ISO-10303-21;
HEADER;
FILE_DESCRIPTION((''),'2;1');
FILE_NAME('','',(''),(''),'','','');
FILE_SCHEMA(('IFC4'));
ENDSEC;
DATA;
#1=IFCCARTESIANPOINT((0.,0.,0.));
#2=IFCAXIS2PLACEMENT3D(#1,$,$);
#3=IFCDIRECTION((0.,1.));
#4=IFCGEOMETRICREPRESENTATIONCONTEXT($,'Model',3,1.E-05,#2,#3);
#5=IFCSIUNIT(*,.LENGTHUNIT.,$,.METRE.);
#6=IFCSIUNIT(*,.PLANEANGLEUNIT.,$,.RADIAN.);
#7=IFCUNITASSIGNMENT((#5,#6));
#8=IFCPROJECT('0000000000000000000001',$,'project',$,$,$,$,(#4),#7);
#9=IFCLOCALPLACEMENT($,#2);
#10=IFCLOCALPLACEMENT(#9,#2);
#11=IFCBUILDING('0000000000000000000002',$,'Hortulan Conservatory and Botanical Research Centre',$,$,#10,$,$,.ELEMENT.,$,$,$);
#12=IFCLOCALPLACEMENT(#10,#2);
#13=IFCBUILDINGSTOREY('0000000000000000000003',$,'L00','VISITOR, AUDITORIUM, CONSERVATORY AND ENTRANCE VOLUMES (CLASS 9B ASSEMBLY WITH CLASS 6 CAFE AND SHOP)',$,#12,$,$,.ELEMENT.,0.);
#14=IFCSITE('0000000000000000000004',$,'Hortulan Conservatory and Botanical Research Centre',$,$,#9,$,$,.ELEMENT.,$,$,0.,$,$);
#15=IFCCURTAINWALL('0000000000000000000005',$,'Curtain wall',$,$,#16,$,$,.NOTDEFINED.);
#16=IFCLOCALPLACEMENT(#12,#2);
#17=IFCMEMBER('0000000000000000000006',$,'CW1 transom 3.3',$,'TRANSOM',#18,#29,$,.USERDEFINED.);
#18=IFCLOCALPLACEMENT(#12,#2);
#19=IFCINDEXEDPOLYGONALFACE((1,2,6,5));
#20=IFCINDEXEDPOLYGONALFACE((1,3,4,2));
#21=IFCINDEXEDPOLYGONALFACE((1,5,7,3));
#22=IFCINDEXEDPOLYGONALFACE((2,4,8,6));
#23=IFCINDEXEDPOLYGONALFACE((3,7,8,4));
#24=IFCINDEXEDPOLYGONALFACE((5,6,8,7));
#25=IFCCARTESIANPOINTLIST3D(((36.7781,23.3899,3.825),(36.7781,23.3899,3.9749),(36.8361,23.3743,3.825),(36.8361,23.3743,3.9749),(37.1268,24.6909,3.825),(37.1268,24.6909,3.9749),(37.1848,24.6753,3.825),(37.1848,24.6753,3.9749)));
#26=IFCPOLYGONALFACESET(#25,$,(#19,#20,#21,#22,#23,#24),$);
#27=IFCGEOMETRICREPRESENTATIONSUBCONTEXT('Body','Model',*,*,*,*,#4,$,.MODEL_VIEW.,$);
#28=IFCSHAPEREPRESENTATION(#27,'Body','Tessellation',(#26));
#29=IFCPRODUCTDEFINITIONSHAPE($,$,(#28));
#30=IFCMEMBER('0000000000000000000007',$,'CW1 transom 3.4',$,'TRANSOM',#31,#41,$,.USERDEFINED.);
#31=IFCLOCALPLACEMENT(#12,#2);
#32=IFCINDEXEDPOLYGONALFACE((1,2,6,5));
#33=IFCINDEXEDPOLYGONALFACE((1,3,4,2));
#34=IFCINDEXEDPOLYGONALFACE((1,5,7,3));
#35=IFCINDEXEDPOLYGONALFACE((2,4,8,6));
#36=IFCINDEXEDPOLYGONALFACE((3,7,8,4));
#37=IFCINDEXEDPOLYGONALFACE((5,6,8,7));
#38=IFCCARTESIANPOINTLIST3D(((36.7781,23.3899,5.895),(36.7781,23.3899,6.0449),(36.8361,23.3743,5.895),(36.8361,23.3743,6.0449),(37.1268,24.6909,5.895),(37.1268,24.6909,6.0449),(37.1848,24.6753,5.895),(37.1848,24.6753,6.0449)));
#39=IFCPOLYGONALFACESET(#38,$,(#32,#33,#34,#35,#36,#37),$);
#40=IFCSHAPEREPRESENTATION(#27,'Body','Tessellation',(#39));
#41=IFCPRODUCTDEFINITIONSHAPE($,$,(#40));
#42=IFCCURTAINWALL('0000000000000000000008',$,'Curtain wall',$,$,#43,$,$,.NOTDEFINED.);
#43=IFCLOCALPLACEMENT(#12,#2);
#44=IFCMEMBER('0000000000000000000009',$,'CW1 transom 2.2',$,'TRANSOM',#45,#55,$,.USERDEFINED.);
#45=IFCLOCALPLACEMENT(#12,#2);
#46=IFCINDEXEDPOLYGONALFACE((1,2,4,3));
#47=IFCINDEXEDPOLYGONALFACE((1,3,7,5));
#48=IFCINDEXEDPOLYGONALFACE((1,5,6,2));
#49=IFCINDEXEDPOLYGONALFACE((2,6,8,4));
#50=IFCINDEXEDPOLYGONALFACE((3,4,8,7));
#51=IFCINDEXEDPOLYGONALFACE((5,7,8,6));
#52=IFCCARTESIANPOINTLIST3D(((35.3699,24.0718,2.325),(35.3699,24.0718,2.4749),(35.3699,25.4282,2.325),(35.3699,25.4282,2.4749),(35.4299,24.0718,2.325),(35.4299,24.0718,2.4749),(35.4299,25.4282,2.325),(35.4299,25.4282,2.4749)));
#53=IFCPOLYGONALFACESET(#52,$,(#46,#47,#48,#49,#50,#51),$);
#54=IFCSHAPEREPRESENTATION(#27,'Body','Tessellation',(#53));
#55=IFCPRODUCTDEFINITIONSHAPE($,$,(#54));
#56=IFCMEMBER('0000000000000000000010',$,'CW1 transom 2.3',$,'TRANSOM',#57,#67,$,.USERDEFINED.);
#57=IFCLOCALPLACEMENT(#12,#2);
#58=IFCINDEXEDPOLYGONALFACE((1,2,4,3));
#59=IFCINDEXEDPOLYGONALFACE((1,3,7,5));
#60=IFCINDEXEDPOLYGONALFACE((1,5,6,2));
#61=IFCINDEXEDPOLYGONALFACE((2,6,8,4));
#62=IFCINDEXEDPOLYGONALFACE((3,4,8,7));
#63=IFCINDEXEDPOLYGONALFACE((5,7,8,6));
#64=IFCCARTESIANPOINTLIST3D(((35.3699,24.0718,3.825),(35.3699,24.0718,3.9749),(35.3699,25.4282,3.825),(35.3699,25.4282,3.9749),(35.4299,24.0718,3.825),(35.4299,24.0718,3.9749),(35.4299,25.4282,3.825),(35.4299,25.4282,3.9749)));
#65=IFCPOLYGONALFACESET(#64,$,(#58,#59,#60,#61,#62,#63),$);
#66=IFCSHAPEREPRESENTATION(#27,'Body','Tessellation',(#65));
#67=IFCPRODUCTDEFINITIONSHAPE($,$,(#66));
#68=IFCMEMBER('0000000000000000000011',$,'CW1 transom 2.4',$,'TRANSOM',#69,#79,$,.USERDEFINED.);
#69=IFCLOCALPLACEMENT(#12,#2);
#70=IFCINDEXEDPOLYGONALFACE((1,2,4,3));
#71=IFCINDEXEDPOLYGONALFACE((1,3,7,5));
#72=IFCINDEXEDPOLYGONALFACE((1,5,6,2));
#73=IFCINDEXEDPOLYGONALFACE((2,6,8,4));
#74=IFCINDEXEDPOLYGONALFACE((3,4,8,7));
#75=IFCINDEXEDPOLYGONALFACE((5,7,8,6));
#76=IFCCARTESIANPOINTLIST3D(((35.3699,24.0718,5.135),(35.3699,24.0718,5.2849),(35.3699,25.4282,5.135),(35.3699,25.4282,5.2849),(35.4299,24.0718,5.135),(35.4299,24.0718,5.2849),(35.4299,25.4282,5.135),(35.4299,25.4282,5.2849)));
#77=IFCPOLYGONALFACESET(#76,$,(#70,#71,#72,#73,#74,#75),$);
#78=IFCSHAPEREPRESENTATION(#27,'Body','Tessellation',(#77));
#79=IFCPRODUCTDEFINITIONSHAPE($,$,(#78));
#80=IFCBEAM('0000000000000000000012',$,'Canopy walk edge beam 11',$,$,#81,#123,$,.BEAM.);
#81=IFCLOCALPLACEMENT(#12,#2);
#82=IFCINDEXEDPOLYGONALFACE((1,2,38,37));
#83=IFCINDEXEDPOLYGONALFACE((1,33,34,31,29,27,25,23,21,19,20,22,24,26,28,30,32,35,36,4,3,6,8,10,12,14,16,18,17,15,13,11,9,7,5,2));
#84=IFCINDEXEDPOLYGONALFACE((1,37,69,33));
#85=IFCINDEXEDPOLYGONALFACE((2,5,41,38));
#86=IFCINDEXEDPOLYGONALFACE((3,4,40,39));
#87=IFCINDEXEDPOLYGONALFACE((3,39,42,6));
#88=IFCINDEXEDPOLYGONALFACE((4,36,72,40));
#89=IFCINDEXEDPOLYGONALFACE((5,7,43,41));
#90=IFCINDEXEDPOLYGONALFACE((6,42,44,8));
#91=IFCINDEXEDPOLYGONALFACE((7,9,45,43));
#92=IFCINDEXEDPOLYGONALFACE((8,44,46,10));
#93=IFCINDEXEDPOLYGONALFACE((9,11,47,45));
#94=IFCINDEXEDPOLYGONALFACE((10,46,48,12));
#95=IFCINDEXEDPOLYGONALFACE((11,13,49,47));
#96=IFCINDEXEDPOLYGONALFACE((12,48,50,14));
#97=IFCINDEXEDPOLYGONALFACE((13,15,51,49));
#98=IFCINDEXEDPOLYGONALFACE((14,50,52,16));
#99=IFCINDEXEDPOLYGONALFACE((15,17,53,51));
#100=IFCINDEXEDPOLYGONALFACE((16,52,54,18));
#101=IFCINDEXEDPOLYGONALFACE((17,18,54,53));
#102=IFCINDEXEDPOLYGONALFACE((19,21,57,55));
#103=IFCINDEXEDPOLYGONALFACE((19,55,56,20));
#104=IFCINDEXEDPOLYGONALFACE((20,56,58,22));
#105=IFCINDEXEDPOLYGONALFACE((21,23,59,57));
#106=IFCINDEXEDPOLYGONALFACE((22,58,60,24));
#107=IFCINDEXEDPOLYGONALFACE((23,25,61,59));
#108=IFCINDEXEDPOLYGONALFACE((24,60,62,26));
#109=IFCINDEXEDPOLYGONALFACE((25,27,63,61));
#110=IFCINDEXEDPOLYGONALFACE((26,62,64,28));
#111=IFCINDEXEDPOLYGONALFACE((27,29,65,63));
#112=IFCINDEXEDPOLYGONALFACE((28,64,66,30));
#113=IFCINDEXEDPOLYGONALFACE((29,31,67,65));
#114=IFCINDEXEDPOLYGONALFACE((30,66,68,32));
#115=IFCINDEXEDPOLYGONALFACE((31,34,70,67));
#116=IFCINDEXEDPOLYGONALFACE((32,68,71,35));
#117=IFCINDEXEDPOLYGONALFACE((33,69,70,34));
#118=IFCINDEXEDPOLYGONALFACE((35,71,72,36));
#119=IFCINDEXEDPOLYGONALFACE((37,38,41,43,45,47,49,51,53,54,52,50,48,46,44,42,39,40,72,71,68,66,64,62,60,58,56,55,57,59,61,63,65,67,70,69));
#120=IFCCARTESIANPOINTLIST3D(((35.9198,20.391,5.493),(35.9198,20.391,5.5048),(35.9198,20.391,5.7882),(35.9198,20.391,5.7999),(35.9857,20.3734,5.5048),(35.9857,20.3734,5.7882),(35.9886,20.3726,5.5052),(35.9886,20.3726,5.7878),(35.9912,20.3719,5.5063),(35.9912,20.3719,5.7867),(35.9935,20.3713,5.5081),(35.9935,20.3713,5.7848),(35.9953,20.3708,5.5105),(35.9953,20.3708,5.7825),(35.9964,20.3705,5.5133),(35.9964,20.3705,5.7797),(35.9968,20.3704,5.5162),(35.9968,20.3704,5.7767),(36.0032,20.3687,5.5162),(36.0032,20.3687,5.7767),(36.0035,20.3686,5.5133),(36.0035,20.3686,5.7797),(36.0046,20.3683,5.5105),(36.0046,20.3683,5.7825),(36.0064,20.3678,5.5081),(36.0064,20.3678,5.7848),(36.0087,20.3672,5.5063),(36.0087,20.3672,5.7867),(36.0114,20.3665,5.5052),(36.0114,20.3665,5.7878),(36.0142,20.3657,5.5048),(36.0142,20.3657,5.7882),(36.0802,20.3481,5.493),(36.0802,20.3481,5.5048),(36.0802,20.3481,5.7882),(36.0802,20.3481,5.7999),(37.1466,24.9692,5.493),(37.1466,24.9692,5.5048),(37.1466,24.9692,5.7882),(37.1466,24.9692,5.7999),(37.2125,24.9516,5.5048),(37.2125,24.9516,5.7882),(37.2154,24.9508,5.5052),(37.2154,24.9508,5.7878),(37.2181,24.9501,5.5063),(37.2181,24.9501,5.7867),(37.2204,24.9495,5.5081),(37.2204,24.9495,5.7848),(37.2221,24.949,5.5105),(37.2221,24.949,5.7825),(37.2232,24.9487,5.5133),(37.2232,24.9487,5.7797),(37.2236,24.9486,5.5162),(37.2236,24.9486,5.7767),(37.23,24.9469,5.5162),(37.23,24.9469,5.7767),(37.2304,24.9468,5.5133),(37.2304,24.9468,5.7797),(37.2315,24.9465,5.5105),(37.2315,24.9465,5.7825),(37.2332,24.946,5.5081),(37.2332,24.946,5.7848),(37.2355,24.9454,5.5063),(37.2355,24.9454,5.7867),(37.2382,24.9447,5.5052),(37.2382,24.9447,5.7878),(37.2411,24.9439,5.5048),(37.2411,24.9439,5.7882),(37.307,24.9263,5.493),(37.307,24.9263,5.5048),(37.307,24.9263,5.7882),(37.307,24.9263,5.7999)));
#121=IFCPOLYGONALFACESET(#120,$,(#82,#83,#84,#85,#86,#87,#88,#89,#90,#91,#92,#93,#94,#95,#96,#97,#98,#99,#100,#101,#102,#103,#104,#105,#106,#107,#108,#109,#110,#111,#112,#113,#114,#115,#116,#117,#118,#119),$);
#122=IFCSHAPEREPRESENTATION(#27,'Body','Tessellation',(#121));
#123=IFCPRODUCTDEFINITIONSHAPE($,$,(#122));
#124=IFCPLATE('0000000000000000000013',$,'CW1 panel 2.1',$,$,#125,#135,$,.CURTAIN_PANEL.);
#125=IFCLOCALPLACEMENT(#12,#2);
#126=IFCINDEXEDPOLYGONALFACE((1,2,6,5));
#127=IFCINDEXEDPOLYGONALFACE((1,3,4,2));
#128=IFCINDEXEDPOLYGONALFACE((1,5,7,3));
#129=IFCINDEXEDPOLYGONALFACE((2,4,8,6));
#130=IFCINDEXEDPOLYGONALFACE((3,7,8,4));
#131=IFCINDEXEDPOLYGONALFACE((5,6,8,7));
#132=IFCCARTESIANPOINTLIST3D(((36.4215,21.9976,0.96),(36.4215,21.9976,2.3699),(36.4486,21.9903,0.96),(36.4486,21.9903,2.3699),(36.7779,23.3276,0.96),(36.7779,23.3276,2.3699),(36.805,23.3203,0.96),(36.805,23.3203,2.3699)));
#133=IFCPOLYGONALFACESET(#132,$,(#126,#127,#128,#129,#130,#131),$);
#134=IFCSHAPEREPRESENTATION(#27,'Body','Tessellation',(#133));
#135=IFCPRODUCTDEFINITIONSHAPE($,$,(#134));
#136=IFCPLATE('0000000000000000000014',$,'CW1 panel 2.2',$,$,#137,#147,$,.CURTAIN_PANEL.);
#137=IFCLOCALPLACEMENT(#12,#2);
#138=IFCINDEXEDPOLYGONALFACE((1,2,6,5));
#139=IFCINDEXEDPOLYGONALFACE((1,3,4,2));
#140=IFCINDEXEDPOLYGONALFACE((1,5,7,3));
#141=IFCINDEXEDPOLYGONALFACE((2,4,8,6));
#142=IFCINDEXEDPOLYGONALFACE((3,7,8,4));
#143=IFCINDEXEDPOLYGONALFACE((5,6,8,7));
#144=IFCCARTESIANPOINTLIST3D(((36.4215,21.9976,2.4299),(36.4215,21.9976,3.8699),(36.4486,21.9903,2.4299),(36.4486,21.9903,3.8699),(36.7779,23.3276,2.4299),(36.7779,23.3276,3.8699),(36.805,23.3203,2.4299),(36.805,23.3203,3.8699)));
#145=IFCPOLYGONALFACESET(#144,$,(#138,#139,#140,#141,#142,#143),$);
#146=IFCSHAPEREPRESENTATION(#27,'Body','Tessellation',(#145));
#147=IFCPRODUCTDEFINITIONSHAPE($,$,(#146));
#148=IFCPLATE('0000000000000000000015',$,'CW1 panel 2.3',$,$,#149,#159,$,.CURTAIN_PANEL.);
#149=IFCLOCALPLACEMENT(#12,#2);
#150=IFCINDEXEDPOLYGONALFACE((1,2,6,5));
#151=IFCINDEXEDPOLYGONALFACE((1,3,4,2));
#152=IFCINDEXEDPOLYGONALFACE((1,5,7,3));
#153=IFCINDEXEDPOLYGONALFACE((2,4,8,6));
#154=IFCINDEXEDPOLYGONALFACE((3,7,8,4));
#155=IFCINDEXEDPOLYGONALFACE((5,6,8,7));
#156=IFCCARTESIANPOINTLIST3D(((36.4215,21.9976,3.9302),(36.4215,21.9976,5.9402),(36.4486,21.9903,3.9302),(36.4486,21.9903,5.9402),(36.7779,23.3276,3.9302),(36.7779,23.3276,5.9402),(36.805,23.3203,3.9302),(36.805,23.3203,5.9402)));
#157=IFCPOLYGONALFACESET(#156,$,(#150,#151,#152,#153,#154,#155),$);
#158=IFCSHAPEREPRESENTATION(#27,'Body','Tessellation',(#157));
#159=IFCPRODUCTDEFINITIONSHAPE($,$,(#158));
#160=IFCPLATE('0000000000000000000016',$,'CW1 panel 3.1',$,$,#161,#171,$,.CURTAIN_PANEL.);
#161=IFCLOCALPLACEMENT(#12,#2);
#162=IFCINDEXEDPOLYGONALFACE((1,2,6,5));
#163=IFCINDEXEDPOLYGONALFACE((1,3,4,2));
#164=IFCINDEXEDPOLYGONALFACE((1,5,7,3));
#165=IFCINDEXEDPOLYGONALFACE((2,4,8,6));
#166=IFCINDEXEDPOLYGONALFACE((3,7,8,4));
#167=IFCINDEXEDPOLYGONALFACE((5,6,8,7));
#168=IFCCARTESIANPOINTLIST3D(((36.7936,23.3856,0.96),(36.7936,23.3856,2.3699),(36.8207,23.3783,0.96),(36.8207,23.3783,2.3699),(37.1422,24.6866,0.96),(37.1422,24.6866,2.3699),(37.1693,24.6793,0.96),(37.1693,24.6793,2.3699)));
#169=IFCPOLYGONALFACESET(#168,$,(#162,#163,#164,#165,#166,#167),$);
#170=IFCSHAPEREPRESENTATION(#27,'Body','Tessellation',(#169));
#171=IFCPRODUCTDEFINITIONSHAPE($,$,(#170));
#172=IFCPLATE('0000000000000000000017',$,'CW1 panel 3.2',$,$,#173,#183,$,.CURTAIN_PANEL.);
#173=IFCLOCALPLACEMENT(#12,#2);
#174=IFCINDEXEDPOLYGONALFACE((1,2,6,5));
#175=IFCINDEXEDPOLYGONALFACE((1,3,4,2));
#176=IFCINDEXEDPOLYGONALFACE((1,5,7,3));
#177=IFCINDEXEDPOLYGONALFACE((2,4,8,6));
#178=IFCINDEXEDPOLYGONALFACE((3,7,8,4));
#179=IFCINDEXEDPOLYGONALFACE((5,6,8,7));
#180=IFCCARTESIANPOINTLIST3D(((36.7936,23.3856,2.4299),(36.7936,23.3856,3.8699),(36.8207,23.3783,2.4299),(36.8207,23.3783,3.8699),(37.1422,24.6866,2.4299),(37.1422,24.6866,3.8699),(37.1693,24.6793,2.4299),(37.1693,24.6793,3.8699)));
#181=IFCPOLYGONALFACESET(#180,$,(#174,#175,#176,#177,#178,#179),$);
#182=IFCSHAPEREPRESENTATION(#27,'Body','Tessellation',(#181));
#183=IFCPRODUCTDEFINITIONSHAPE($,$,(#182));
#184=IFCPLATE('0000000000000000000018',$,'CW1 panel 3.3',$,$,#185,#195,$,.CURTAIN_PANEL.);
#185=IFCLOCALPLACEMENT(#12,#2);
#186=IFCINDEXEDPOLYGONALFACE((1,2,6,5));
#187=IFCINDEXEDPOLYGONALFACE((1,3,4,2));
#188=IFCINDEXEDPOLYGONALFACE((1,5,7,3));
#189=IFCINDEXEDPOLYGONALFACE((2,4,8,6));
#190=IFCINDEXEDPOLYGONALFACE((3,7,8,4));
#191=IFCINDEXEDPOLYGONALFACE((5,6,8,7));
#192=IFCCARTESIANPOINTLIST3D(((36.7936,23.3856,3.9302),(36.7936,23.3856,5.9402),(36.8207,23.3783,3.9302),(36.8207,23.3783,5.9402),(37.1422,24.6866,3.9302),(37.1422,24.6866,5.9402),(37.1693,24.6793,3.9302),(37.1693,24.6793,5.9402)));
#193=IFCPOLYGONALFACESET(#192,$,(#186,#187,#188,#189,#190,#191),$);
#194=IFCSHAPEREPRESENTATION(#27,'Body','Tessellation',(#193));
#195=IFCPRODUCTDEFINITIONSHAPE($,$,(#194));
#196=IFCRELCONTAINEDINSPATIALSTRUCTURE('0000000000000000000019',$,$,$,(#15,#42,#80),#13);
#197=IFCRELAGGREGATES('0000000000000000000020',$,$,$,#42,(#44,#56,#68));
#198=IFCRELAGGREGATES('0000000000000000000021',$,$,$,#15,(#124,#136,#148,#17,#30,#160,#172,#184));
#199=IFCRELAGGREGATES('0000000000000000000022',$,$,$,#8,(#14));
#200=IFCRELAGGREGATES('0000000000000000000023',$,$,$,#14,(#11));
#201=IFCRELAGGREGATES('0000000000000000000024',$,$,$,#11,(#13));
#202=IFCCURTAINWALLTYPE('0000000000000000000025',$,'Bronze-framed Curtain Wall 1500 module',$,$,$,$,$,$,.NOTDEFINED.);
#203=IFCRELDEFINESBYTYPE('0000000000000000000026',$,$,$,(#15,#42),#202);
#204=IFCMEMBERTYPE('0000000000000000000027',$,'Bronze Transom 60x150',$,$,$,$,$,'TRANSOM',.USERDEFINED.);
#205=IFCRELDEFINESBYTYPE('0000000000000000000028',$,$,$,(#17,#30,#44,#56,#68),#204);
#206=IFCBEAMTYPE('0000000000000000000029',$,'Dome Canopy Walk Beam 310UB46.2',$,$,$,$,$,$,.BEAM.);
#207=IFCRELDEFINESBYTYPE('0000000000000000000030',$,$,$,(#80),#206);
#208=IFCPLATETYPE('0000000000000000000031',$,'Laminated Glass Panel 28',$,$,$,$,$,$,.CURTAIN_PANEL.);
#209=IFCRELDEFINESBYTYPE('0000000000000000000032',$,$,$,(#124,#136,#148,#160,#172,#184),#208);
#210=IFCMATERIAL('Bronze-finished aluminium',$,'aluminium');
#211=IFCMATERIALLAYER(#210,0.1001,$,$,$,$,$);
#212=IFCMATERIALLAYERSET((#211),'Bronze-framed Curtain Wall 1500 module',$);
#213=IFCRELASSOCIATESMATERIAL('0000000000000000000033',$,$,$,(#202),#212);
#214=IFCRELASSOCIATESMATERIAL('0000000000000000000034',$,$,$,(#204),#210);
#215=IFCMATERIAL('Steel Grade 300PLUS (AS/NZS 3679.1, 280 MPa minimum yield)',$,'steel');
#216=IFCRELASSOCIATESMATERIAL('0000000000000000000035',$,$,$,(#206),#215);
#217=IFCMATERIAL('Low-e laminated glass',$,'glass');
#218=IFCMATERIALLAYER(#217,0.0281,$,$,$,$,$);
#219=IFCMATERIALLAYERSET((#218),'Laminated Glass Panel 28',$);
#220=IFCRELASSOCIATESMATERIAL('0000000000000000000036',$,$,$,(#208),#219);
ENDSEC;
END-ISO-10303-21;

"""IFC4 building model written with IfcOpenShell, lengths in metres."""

from ifc_helpers import new_model, si_unit, direction, frame, origin, origin_2d, place, context, subcontext, project, spatial, rectangle, i_section, extrude, material, layer, layer_set, material_profile, profile_set, type_object, element, aggregate, save


model = new_model("IFC4")

# Units and contexts
model_context = context("Model", 3, precision=1e-05, world=origin(), true_north=direction((0.0, 1.0)))
body_context = subcontext(model_context, "Body", "Model", "MODEL_VIEW")
ifc_project = project(units=[si_unit("LENGTHUNIT", "METRE"), si_unit("PLANEANGLEUNIT", "RADIAN")], contexts=[model_context])

# Site, building, storey
site_placement = place(None, origin())
site = spatial("IfcSite", under=ifc_project, at=site_placement, Name="Hortulan Conservatory and Botanical Research Centre", CompositionType="ELEMENT", RefElevation=0.0)
building_placement = place(site_placement, origin())
building = spatial("IfcBuilding", under=site, at=building_placement, Name="Hortulan Conservatory and Botanical Research Centre", CompositionType="ELEMENT")
storey_placement = place(building_placement, origin())
storey = spatial("IfcBuildingStorey", under=building, at=storey_placement, Name="L00", Description="VISITOR, AUDITORIUM, CONSERVATORY AND ENTRANCE VOLUMES (CLASS 9B ASSEMBLY WITH CLASS 6 CAFE AND SHOP)", CompositionType="ELEMENT", Elevation=0.0)

# Shared definitions
ifc_material_1 = material(Name="Bronze-finished aluminium", Category="aluminium")
ifc_layer_1 = layer(ifc_material_1, 0.1001)
ifc_layer_set_1 = layer_set([ifc_layer_1], Name="Bronze-framed Curtain Wall 1500 module")
curtain_wall_type = type_object("IfcCurtainWallType", Name="Bronze-framed Curtain Wall 1500 module", PredefinedType="NOTDEFINED", material=ifc_layer_set_1)

# Curtain wall
curtain_wall_1_placement = place(storey_placement, origin())
curtain_wall_1 = element("IfcCurtainWall", 1, at=curtain_wall_1_placement, inside=storey, type_object=curtain_wall_type, Name="Curtain wall", PredefinedType="NOTDEFINED")

# Members
ifc_material_profile_1 = material_profile(ifc_material_1, rectangle(XDim=0.0601, YDim=0.1499, at=origin_2d()), Name="Bronze Transom 60x150")
ifc_profile_set_1 = profile_set([ifc_material_profile_1], Name="Bronze-finished aluminium")
member_type_1 = type_object("IfcMemberType", Name="Bronze Transom 60x150", ElementType="TRANSOM", PredefinedType="USERDEFINED", material=ifc_profile_set_1)
member_1_placement = place(storey_placement, frame((36.8071, 23.3821, 3.8999), z_axis=(0.258836, 0.965921, 0.0), x_axis=(-0.965921, 0.258836, 0.0)))
member_1 = element("IfcMember", 2, at=member_1_placement, type_object=member_type_1, Name="CW1 transom 3.3", ObjectType="TRANSOM", PredefinedType="USERDEFINED", context=body_context, shape_type="SweptSolid", body=[
    extrude(rectangle(XDim=0.0601, YDim=0.1499, at=origin_2d()), origin(), (0.0, 0.0, 1.0), 1.3469),
])
member_2_placement = place(storey_placement, frame((36.8071, 23.3821, 5.97), z_axis=(0.258836, 0.965921, 0.0), x_axis=(-0.965921, 0.258836, 0.0)))
member_2 = element("IfcMember", 3, at=member_2_placement, type_object=member_type_1, Name="CW1 transom 3.4", ObjectType="TRANSOM", PredefinedType="USERDEFINED", context=body_context, shape_type="SweptSolid", body=[
    extrude(rectangle(XDim=0.0601, YDim=0.1499, at=origin_2d()), origin(), (0.0, 0.0, 1.0), 1.3469),
])

# Curtain wall, members
curtain_wall_2_placement = place(storey_placement, origin())
curtain_wall_2 = element("IfcCurtainWall", 4, at=curtain_wall_2_placement, inside=storey, type_object=curtain_wall_type, Name="Curtain wall", PredefinedType="NOTDEFINED")
member_3_placement = place(storey_placement, frame((35.3999, 25.4282, 2.3999), z_axis=(0.0, -1.0, 0.0), x_axis=(1.0, 0.0, 0.0)))
member_3 = element("IfcMember", 5, at=member_3_placement, type_object=member_type_1, Name="CW1 transom 2.2", ObjectType="TRANSOM", PredefinedType="USERDEFINED", context=body_context, shape_type="SweptSolid", body=[
    extrude(rectangle(XDim=0.0601, YDim=0.1499, at=origin_2d()), origin(), (0.0, 0.0, 1.0), 1.3564),
])
member_4_placement = place(storey_placement, frame((35.3999, 25.4282, 3.8999), z_axis=(0.0, -1.0, 0.0), x_axis=(1.0, 0.0, 0.0)))
member_4 = element("IfcMember", 6, at=member_4_placement, type_object=member_type_1, Name="CW1 transom 2.3", ObjectType="TRANSOM", PredefinedType="USERDEFINED", context=body_context, shape_type="SweptSolid", body=[
    extrude(rectangle(XDim=0.0601, YDim=0.1499, at=origin_2d()), origin(), (0.0, 0.0, 1.0), 1.3564),
])
member_5_placement = place(storey_placement, frame((35.3999, 25.4282, 5.21), z_axis=(0.0, -1.0, 0.0), x_axis=(1.0, 0.0, 0.0)))
member_5 = element("IfcMember", 7, at=member_5_placement, type_object=member_type_1, Name="CW1 transom 2.4", ObjectType="TRANSOM", PredefinedType="USERDEFINED", context=body_context, shape_type="SweptSolid", body=[
    extrude(rectangle(XDim=0.0601, YDim=0.1499, at=origin_2d()), origin(), (0.0, 0.0, 1.0), 1.3564),
])
aggregate(curtain_wall_2, [member_3, member_4, member_5])

# Beam
ifc_material_2 = material(Name="Steel Grade 300PLUS (AS/NZS 3679.1, 280 MPa minimum yield)", Category="steel")
ifc_material_profile_2 = material_profile(ifc_material_2, i_section(OverallWidth=0.166, OverallDepth=0.3069, WebThickness=0.0066, FlangeThickness=0.0117, FilletRadius=0.0115, at=origin_2d()), Name="310UB46.2")
ifc_profile_set_2 = profile_set([ifc_material_profile_2], Name="Steel Grade 300PLUS (AS/NZS 3679.1, 280 MPa minimum yield)")
beam_type = type_object("IfcBeamType", Name="Dome Canopy Walk Beam 310UB46.2", PredefinedType="BEAM", material=ifc_profile_set_2)
beam_placement = place(storey_placement, frame((37.2268, 24.9478, 5.6465), z_axis=(-0.258839, -0.96592, 0.0), x_axis=(0.96592, -0.258839, 0.0)))
element("IfcBeam", 8, at=beam_placement, inside=storey, type_object=beam_type, Name="Canopy walk edge beam 11", PredefinedType="BEAM", context=body_context, shape_type="SweptSolid", body=[
    extrude(i_section(OverallWidth=0.166, OverallDepth=0.3069, WebThickness=0.0066, FlangeThickness=0.0117, FilletRadius=0.0115, at=origin_2d()), origin(), (0.0, 0.0, 1.0), 4.7397),
])

# Plates
ifc_material_3 = material(Name="Low-e laminated glass", Category="glass")
ifc_layer_2 = layer(ifc_material_3, 0.0281)
ifc_layer_set_2 = layer_set([ifc_layer_2], Name="Laminated Glass Panel 28")
plate_type = type_object("IfcPlateType", Name="Laminated Glass Panel 28", PredefinedType="CURTAIN_PANEL", material=ifc_layer_set_2)
plate_1_placement = place(storey_placement, frame((36.6133, 22.6589, 0.96), z_axis=(0.0, 0.0, 1.0), x_axis=(0.258832, 0.965922, 0.0)))
plate_1 = element("IfcPlate", 9, at=plate_1_placement, type_object=plate_type, Name="CW1 panel 2.1", PredefinedType="CURTAIN_PANEL", context=body_context, shape_type="SweptSolid", body=[
    extrude(rectangle(XDim=1.377, YDim=0.0281, at=origin_2d()), origin(), (0.0, 0.0, 1.0), 1.4099),
])
plate_2_placement = place(storey_placement, frame((36.6133, 22.6589, 2.4299), z_axis=(0.0, 0.0, 1.0), x_axis=(0.258832, 0.965922, 0.0)))
plate_2 = element("IfcPlate", 10, at=plate_2_placement, type_object=plate_type, Name="CW1 panel 2.2", PredefinedType="CURTAIN_PANEL", context=body_context, shape_type="SweptSolid", body=[
    extrude(rectangle(XDim=1.377, YDim=0.0281, at=origin_2d()), origin(), (0.0, 0.0, 1.0), 1.4399),
])
plate_3_placement = place(storey_placement, frame((36.6133, 22.6589, 3.9302), z_axis=(0.0, 0.0, 1.0), x_axis=(0.258832, 0.965922, 0.0)))
plate_3 = element("IfcPlate", 11, at=plate_3_placement, type_object=plate_type, Name="CW1 panel 2.3", PredefinedType="CURTAIN_PANEL", context=body_context, shape_type="SweptSolid", body=[
    extrude(rectangle(XDim=1.377, YDim=0.0281, at=origin_2d()), origin(), (0.0, 0.0, 1.0), 2.01),
])
plate_4_placement = place(storey_placement, frame((36.9814, 24.0325, 0.96), z_axis=(0.0, 0.0, 1.0), x_axis=(0.258832, 0.965922, 0.0)))
plate_4 = element("IfcPlate", 12, at=plate_4_placement, type_object=plate_type, Name="CW1 panel 3.1", PredefinedType="CURTAIN_PANEL", context=body_context, shape_type="SweptSolid", body=[
    extrude(rectangle(XDim=1.3469, YDim=0.0281, at=origin_2d()), origin(), (0.0, 0.0, 1.0), 1.4099),
])
plate_5_placement = place(storey_placement, frame((36.9814, 24.0325, 2.4299), z_axis=(0.0, 0.0, 1.0), x_axis=(0.258832, 0.965922, 0.0)))
plate_5 = element("IfcPlate", 13, at=plate_5_placement, type_object=plate_type, Name="CW1 panel 3.2", PredefinedType="CURTAIN_PANEL", context=body_context, shape_type="SweptSolid", body=[
    extrude(rectangle(XDim=1.3469, YDim=0.0281, at=origin_2d()), origin(), (0.0, 0.0, 1.0), 1.4399),
])
plate_6_placement = place(storey_placement, frame((36.9814, 24.0325, 3.9302), z_axis=(0.0, 0.0, 1.0), x_axis=(0.258832, 0.965922, 0.0)))
plate_6 = element("IfcPlate", 14, at=plate_6_placement, type_object=plate_type, Name="CW1 panel 3.3", PredefinedType="CURTAIN_PANEL", context=body_context, shape_type="SweptSolid", body=[
    extrude(rectangle(XDim=1.3469, YDim=0.0281, at=origin_2d()), origin(), (0.0, 0.0, 1.0), 2.01),
])
aggregate(curtain_wall_1, [plate_1, plate_2, plate_3, member_1, member_2, plate_4, plate_5, plate_6])

save(model, "model.ifc")
